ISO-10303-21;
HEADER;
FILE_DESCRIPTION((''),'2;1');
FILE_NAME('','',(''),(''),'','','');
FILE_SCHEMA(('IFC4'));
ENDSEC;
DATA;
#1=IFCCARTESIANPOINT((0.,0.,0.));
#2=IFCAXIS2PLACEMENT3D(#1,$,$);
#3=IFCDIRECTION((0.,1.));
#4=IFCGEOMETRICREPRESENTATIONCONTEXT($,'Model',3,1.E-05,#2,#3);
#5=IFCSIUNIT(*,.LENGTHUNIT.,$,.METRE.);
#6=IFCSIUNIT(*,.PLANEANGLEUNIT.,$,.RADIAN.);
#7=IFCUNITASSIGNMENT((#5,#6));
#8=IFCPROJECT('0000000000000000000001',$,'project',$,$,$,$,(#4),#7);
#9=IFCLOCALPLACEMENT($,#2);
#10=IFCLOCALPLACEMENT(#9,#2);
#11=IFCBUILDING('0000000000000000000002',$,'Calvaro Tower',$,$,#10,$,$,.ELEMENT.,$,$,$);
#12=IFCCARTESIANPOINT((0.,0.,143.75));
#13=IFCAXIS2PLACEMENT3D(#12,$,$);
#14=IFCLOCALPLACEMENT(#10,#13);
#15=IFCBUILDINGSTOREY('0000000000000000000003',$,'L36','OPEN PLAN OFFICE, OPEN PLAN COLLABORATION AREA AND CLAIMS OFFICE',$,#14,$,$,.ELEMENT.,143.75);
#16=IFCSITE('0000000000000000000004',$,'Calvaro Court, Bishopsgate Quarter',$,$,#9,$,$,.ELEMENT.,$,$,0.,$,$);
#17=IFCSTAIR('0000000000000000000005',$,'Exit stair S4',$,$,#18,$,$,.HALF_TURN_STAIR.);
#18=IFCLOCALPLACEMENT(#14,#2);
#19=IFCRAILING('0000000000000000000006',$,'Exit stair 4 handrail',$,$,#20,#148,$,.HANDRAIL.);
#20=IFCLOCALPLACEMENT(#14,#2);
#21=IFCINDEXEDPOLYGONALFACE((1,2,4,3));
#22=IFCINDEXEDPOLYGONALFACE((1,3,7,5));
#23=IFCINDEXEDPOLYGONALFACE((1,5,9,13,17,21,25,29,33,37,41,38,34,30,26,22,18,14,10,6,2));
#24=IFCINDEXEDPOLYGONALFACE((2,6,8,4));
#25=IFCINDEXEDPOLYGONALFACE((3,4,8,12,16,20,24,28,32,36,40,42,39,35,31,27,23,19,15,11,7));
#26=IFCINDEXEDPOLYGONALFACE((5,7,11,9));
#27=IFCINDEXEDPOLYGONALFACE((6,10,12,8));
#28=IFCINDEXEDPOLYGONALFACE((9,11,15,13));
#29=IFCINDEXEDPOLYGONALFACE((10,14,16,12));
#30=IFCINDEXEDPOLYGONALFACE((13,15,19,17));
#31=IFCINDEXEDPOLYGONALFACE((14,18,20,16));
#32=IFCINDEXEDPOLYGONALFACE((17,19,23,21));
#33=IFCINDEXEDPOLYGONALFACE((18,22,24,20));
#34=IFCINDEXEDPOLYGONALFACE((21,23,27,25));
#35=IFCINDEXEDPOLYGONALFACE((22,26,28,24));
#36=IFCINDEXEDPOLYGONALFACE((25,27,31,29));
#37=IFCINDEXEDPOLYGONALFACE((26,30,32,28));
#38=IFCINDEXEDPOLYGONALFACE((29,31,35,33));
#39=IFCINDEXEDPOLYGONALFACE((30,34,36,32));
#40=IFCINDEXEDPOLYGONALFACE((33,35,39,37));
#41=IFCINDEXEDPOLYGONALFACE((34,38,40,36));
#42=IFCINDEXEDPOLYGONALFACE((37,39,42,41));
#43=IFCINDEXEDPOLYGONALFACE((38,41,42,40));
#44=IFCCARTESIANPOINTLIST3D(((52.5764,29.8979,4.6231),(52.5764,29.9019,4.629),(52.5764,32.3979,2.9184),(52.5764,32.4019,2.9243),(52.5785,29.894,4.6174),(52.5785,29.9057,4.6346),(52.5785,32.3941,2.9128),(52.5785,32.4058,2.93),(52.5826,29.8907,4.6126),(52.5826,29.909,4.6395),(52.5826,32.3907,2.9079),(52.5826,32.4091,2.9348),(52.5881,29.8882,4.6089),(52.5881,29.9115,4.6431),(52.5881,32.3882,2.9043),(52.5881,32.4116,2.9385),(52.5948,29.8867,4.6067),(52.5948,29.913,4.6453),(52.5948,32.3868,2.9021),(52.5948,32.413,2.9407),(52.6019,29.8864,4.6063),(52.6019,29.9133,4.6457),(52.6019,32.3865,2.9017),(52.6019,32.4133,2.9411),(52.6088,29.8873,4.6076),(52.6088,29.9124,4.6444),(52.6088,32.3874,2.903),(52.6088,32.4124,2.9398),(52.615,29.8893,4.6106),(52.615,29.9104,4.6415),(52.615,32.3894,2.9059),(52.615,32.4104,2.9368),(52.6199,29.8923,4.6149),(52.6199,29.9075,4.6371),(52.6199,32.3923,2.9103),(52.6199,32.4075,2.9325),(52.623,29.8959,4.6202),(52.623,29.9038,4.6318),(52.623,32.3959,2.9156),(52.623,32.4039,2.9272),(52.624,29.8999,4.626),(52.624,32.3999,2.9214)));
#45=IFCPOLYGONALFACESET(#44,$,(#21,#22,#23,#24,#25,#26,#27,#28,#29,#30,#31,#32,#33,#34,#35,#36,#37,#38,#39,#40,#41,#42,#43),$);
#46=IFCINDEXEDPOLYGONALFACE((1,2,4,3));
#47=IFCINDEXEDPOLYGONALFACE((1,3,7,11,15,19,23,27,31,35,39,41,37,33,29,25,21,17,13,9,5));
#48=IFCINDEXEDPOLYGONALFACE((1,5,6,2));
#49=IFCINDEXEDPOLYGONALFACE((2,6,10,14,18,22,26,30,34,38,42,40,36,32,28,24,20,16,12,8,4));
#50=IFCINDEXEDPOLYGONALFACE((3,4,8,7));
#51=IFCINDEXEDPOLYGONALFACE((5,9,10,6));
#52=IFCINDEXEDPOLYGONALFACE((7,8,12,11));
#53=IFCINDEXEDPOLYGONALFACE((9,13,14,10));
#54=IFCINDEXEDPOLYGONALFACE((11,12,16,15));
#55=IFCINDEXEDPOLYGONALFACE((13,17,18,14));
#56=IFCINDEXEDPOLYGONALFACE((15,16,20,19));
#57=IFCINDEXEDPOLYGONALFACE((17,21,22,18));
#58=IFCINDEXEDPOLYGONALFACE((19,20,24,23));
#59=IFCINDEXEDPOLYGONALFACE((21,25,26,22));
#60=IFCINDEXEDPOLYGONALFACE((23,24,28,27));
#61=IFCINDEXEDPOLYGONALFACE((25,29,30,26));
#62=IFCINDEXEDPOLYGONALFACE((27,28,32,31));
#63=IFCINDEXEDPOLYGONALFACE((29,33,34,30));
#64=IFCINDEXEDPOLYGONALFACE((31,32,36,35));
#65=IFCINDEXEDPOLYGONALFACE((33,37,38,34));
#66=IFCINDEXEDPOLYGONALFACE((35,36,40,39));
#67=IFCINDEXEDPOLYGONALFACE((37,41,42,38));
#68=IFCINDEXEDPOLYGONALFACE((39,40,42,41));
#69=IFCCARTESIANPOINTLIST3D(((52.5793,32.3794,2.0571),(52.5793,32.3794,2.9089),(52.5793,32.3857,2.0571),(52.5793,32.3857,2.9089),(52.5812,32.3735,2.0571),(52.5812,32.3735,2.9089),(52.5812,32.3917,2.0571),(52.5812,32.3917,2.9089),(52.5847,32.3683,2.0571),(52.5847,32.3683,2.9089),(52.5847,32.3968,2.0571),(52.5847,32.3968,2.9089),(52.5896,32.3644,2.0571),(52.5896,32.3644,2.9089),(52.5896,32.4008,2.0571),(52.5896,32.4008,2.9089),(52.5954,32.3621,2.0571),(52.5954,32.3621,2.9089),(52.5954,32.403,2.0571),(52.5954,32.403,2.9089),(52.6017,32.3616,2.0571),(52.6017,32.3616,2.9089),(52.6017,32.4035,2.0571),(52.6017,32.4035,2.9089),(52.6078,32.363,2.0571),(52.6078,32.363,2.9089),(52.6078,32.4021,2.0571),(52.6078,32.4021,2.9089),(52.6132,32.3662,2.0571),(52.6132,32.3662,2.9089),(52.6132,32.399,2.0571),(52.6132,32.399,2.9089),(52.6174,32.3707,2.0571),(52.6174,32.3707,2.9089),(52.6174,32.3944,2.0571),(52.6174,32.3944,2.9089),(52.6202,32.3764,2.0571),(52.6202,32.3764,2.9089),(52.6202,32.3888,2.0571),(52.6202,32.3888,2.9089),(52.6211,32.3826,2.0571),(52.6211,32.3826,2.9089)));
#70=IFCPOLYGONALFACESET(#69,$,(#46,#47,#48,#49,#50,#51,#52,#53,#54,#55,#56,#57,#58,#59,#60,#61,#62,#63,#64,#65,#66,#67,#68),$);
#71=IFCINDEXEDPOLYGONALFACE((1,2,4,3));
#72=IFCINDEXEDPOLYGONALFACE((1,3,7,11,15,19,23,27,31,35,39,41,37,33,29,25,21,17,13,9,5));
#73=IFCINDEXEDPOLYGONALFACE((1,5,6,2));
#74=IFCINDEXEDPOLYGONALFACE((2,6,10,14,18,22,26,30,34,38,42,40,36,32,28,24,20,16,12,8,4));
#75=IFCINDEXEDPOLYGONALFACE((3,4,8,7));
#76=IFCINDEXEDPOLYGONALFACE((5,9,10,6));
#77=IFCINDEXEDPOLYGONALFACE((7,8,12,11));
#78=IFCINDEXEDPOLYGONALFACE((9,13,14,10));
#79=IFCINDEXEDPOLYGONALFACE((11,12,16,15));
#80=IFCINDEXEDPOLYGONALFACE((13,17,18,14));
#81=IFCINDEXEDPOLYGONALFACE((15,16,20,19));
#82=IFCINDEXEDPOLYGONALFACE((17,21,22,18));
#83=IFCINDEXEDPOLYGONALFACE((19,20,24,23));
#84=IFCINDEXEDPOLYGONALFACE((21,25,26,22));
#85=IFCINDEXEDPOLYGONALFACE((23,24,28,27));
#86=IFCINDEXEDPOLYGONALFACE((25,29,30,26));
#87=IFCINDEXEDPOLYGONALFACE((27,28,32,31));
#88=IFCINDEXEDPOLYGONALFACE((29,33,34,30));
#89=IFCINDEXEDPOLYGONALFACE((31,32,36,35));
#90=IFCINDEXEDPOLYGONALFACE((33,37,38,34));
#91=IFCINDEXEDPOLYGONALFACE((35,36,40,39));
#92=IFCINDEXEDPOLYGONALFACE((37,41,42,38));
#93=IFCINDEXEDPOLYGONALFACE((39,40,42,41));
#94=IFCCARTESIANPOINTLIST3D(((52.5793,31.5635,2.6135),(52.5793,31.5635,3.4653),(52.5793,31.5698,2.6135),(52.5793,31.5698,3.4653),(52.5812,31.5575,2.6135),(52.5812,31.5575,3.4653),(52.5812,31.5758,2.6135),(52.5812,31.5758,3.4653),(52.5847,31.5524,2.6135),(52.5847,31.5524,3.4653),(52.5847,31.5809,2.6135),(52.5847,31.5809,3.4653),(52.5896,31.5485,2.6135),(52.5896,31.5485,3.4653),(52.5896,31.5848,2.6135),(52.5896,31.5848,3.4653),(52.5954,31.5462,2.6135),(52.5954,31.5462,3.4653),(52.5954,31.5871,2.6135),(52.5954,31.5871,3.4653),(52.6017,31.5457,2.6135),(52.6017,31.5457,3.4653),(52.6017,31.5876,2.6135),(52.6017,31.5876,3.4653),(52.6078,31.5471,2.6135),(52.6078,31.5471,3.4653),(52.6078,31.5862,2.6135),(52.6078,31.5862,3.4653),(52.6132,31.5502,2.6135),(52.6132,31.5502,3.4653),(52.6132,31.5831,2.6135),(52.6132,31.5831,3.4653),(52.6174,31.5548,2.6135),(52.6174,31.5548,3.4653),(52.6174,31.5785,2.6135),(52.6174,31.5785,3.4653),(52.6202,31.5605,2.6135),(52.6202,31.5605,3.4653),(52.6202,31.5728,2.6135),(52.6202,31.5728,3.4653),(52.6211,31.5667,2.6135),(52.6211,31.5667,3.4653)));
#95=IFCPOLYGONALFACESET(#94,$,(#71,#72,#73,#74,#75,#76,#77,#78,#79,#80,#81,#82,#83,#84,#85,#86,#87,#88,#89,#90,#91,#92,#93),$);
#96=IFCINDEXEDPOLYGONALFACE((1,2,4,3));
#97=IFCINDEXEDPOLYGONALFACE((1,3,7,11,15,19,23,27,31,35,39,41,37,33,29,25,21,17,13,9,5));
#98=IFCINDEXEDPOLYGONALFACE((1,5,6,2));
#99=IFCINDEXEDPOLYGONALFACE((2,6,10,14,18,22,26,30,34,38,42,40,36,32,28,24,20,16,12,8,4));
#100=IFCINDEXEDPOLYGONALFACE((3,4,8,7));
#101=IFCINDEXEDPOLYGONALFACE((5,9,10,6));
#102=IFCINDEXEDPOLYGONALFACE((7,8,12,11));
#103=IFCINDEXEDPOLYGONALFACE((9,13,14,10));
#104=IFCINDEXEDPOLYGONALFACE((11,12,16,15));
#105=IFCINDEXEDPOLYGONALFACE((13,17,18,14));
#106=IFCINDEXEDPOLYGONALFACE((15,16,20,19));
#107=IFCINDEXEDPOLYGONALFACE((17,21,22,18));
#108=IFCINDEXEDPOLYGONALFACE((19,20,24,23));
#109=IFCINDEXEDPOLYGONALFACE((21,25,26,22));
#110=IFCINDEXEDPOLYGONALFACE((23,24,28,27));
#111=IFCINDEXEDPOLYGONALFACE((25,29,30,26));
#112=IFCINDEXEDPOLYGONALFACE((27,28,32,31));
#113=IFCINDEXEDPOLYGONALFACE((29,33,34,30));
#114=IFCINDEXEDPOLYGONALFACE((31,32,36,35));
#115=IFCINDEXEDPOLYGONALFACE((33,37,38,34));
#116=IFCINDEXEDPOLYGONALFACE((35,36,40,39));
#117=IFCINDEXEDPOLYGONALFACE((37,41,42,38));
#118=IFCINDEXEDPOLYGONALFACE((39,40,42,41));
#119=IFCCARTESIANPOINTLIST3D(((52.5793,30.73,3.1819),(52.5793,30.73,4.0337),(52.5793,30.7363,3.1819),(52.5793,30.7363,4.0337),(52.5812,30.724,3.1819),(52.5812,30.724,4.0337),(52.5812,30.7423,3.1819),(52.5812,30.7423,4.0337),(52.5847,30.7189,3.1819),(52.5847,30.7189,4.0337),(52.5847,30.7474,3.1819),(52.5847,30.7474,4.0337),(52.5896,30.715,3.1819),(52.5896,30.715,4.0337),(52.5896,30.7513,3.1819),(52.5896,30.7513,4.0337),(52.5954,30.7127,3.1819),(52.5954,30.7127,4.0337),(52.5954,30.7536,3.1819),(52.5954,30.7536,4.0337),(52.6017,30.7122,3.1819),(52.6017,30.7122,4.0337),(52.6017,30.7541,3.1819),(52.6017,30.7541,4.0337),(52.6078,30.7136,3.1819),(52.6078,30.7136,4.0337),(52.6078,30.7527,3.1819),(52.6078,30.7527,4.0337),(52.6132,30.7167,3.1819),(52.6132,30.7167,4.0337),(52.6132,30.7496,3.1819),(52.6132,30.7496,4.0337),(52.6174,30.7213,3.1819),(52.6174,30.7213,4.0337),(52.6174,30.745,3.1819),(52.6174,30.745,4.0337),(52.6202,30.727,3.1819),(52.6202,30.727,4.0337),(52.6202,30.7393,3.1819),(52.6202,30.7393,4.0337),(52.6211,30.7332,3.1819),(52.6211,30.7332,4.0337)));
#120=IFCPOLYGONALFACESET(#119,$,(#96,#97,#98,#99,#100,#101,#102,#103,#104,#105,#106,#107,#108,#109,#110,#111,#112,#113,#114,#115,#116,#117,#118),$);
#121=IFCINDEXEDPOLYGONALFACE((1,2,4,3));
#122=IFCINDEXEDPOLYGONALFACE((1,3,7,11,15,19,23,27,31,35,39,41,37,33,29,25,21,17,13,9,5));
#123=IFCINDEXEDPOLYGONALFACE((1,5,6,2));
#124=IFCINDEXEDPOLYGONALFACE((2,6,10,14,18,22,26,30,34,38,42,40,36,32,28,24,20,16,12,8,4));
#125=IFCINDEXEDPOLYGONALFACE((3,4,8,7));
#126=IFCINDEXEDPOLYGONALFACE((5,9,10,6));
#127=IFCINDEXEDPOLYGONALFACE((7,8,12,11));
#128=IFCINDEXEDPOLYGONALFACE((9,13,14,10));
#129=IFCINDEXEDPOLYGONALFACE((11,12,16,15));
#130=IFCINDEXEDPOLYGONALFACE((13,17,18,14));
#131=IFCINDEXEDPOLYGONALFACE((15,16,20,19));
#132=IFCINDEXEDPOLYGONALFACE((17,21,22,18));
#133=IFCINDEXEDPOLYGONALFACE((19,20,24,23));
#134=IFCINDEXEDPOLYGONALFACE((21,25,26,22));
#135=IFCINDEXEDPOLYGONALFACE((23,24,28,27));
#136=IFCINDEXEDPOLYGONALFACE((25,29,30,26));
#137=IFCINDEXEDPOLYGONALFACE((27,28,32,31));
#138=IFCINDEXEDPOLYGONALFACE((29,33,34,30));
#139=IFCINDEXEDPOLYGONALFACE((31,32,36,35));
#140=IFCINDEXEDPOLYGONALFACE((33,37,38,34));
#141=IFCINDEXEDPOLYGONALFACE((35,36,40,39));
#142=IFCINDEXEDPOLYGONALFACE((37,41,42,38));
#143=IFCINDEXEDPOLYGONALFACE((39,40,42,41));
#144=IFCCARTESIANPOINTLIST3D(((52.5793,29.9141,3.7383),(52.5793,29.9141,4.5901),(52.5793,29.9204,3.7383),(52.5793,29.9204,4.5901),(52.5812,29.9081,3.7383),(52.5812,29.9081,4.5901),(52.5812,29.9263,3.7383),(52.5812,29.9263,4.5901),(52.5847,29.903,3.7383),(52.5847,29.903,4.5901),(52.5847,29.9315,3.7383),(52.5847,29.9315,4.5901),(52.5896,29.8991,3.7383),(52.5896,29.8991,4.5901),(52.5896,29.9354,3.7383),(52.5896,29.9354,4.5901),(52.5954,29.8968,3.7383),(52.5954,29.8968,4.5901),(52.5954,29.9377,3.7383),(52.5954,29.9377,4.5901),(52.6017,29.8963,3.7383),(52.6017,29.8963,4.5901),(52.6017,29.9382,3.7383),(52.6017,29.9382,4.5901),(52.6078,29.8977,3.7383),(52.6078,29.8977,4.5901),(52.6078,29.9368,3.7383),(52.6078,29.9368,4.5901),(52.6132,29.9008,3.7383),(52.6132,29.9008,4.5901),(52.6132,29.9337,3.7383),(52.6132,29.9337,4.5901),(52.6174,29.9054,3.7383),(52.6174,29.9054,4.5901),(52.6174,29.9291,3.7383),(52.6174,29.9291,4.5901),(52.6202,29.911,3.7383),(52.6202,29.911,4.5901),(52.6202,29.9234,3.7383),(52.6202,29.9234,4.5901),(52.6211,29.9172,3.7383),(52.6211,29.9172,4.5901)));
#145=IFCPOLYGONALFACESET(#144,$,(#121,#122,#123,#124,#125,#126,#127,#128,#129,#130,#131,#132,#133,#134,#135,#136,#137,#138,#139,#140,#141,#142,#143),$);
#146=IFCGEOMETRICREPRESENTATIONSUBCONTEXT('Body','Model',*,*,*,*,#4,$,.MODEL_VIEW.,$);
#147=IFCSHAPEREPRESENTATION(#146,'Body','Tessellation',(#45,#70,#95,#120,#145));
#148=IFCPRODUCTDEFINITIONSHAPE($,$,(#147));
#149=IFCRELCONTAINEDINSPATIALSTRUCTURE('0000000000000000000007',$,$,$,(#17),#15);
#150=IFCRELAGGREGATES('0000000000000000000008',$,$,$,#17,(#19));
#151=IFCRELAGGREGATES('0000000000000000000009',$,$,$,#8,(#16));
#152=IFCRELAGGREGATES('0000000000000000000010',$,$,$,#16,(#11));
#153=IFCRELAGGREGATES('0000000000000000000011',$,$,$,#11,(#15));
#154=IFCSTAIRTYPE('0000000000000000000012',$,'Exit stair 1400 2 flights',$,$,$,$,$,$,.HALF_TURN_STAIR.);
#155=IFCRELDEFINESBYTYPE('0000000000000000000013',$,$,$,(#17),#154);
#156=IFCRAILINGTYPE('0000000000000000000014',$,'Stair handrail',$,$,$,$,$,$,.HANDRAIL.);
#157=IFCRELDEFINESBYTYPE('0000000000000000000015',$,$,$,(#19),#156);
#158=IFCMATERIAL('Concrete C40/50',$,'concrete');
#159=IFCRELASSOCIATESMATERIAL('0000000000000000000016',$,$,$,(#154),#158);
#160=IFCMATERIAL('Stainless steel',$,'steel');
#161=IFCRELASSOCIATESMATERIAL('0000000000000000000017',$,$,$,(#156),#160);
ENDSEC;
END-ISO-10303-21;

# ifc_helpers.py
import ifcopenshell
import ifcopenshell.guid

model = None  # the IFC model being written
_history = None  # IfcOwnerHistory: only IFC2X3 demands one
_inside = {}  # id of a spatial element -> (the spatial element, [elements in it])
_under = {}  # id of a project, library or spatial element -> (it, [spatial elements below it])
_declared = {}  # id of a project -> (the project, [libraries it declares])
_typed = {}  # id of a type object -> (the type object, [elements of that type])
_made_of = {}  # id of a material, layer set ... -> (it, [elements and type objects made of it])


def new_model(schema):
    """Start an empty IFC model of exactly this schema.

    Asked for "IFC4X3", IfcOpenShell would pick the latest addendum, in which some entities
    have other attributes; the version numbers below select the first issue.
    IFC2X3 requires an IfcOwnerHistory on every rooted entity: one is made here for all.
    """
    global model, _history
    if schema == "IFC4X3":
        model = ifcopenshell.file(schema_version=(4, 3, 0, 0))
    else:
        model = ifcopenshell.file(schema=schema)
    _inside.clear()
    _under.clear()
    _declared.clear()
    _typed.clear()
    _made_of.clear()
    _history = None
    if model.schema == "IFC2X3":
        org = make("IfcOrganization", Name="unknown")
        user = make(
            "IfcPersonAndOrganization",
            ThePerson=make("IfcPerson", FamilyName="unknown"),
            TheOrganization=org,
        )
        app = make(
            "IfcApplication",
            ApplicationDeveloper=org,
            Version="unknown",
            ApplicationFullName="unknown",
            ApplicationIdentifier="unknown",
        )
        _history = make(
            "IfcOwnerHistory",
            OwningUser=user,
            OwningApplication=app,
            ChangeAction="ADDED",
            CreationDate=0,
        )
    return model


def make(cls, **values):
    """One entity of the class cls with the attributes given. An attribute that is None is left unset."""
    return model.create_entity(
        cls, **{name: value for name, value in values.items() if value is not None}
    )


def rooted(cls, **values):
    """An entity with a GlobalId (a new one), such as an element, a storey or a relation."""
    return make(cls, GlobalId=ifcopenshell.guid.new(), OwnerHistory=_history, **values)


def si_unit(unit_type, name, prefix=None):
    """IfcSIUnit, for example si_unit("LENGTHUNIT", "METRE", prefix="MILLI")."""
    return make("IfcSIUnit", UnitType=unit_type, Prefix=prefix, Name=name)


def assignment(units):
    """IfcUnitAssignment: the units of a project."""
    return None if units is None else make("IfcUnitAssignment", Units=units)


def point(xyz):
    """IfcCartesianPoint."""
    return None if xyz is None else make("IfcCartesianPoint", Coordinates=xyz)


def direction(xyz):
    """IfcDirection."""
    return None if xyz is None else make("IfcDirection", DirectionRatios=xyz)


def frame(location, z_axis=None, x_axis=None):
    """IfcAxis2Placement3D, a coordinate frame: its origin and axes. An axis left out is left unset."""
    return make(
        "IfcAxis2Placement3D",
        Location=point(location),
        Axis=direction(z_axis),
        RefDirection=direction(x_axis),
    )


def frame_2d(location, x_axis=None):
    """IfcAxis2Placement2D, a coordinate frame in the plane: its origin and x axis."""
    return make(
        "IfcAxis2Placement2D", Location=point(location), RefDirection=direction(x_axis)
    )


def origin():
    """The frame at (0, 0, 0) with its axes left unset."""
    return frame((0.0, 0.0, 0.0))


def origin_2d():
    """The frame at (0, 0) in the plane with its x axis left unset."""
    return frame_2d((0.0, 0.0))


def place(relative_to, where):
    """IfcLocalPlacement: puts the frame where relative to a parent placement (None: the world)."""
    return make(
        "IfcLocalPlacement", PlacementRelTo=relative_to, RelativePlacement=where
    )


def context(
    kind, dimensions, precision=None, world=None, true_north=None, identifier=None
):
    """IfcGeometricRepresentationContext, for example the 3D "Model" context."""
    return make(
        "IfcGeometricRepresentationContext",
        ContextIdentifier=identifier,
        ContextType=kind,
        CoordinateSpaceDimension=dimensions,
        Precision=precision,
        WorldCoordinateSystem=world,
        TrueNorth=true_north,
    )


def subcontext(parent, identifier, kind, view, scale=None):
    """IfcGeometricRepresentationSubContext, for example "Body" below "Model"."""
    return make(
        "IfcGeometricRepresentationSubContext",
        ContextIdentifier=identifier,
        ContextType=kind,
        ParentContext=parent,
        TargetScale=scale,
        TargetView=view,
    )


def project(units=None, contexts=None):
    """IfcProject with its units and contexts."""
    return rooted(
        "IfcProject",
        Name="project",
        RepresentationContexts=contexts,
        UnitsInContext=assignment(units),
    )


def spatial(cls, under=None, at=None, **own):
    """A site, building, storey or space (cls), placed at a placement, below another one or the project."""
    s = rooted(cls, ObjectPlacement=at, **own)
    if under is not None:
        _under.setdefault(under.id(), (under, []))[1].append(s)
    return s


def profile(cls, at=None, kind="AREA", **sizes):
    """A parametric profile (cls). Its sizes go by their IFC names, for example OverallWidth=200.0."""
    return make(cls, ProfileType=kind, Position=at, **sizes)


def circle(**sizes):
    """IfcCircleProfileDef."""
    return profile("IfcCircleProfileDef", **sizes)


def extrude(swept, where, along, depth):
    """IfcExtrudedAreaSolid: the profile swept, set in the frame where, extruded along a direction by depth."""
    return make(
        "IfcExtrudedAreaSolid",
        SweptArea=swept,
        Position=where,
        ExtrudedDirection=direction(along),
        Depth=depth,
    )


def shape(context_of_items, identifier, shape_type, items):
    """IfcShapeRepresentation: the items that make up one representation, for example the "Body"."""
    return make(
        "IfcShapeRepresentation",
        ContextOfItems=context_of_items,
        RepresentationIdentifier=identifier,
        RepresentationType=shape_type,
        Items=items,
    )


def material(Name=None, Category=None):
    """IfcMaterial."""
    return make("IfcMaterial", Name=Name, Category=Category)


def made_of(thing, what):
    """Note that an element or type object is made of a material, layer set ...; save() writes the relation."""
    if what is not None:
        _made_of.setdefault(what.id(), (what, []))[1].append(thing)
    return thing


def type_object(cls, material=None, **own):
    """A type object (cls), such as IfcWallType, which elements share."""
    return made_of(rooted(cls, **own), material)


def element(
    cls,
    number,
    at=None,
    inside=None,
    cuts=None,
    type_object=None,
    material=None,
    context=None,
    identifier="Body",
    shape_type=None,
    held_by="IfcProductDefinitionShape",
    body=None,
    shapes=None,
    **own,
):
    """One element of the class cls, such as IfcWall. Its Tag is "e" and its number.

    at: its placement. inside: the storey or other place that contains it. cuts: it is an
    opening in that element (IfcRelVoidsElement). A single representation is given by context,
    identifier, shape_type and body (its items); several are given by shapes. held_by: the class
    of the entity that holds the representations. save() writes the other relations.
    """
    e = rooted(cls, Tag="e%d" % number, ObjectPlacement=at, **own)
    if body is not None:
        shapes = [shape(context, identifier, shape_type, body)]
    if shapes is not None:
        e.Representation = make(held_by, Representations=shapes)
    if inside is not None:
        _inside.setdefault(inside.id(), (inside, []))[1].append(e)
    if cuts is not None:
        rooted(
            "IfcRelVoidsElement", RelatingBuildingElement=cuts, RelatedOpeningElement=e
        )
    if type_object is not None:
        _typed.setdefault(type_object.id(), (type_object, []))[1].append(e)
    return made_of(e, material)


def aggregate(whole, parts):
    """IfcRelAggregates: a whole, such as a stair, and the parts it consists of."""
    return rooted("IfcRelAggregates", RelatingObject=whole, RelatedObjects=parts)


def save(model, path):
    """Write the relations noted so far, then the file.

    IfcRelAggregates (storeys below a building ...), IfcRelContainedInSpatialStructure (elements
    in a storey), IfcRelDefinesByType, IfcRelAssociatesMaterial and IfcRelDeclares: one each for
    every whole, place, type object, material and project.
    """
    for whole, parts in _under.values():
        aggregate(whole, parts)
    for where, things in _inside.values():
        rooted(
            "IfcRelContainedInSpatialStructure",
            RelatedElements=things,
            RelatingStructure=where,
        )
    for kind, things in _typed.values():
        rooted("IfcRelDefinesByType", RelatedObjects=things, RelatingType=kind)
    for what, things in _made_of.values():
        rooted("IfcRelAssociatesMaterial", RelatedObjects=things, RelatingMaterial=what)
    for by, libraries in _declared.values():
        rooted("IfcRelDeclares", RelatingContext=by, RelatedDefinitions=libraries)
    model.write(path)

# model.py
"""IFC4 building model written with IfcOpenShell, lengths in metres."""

from ifc_helpers import new_model, si_unit, direction, frame, origin, origin_2d, place, context, subcontext, project, spatial, circle, extrude, material, type_object, element, aggregate, save


model = new_model("IFC4")

# Units and contexts
model_context = context("Model", 3, precision=1e-05, world=origin(), true_north=direction((0.0, 1.0)))
body_context = subcontext(model_context, "Body", "Model", "MODEL_VIEW")
ifc_project = project(units=[si_unit("LENGTHUNIT", "METRE"), si_unit("PLANEANGLEUNIT", "RADIAN")], contexts=[model_context])

# Site, building, storey
site_placement = place(None, origin())
site = spatial("IfcSite", under=ifc_project, at=site_placement, Name="Calvaro Court, Bishopsgate Quarter", CompositionType="ELEMENT", RefElevation=0.0)
building_placement = place(site_placement, origin())
building = spatial("IfcBuilding", under=site, at=building_placement, Name="Calvaro Tower", CompositionType="ELEMENT")
storey_placement = place(building_placement, frame((0.0, 0.0, 143.75)))
storey = spatial("IfcBuildingStorey", under=building, at=storey_placement, Name="L36", Description="OPEN PLAN OFFICE, OPEN PLAN COLLABORATION AREA AND CLAIMS OFFICE", CompositionType="ELEMENT", Elevation=143.75)

# Stair
ifc_material_1 = material(Name="Concrete C40/50", Category="concrete")
stair_type = type_object("IfcStairType", Name="Exit stair 1400 2 flights", PredefinedType="HALF_TURN_STAIR", material=ifc_material_1)
stair_1_placement = place(storey_placement, origin())
stair_1 = element("IfcStair", 1, at=stair_1_placement, inside=storey, type_object=stair_type, Name="Exit stair S4", PredefinedType="HALF_TURN_STAIR")

# Railing
ifc_material_2 = material(Name="Stainless steel", Category="steel")
railing_type = type_object("IfcRailingType", Name="Stair handrail", PredefinedType="HANDRAIL", material=ifc_material_2)
railing_1_placement = place(storey_placement, frame((52.6001, 32.3999, 2.0454)))
railing_1 = element("IfcRailing", 2, at=railing_1_placement, type_object=railing_type, Name="Exit stair 4 handrail", PredefinedType="HANDRAIL", context=body_context, shape_type="SweptSolid", body=[
    extrude(circle(Radius=0.0239, at=origin_2d()), frame((0.0, 0.0, 0.876), z_axis=(0.0, -0.826221, 0.563347), x_axis=(1.0, 0.0, 0.0)), (0.0, 0.0, 1.0), 3.0259),
    extrude(circle(Radius=0.021, at=origin_2d()), frame((0.0, -0.0173, 0.0117)), (0.0, 0.0, 1.0), 0.8518),
    extrude(circle(Radius=0.021, at=origin_2d()), frame((0.0, -0.8333, 0.5681)), (0.0, 0.0, 1.0), 0.8518),
    extrude(circle(Radius=0.021, at=origin_2d()), frame((0.0, -1.6667, 1.1365)), (0.0, 0.0, 1.0), 0.8518),
    extrude(circle(Radius=0.021, at=origin_2d()), frame((0.0, -2.4827, 1.6929)), (0.0, 0.0, 1.0), 0.8518),
])
aggregate(stair_1, [railing_1])

save(model, "model.ifc")
